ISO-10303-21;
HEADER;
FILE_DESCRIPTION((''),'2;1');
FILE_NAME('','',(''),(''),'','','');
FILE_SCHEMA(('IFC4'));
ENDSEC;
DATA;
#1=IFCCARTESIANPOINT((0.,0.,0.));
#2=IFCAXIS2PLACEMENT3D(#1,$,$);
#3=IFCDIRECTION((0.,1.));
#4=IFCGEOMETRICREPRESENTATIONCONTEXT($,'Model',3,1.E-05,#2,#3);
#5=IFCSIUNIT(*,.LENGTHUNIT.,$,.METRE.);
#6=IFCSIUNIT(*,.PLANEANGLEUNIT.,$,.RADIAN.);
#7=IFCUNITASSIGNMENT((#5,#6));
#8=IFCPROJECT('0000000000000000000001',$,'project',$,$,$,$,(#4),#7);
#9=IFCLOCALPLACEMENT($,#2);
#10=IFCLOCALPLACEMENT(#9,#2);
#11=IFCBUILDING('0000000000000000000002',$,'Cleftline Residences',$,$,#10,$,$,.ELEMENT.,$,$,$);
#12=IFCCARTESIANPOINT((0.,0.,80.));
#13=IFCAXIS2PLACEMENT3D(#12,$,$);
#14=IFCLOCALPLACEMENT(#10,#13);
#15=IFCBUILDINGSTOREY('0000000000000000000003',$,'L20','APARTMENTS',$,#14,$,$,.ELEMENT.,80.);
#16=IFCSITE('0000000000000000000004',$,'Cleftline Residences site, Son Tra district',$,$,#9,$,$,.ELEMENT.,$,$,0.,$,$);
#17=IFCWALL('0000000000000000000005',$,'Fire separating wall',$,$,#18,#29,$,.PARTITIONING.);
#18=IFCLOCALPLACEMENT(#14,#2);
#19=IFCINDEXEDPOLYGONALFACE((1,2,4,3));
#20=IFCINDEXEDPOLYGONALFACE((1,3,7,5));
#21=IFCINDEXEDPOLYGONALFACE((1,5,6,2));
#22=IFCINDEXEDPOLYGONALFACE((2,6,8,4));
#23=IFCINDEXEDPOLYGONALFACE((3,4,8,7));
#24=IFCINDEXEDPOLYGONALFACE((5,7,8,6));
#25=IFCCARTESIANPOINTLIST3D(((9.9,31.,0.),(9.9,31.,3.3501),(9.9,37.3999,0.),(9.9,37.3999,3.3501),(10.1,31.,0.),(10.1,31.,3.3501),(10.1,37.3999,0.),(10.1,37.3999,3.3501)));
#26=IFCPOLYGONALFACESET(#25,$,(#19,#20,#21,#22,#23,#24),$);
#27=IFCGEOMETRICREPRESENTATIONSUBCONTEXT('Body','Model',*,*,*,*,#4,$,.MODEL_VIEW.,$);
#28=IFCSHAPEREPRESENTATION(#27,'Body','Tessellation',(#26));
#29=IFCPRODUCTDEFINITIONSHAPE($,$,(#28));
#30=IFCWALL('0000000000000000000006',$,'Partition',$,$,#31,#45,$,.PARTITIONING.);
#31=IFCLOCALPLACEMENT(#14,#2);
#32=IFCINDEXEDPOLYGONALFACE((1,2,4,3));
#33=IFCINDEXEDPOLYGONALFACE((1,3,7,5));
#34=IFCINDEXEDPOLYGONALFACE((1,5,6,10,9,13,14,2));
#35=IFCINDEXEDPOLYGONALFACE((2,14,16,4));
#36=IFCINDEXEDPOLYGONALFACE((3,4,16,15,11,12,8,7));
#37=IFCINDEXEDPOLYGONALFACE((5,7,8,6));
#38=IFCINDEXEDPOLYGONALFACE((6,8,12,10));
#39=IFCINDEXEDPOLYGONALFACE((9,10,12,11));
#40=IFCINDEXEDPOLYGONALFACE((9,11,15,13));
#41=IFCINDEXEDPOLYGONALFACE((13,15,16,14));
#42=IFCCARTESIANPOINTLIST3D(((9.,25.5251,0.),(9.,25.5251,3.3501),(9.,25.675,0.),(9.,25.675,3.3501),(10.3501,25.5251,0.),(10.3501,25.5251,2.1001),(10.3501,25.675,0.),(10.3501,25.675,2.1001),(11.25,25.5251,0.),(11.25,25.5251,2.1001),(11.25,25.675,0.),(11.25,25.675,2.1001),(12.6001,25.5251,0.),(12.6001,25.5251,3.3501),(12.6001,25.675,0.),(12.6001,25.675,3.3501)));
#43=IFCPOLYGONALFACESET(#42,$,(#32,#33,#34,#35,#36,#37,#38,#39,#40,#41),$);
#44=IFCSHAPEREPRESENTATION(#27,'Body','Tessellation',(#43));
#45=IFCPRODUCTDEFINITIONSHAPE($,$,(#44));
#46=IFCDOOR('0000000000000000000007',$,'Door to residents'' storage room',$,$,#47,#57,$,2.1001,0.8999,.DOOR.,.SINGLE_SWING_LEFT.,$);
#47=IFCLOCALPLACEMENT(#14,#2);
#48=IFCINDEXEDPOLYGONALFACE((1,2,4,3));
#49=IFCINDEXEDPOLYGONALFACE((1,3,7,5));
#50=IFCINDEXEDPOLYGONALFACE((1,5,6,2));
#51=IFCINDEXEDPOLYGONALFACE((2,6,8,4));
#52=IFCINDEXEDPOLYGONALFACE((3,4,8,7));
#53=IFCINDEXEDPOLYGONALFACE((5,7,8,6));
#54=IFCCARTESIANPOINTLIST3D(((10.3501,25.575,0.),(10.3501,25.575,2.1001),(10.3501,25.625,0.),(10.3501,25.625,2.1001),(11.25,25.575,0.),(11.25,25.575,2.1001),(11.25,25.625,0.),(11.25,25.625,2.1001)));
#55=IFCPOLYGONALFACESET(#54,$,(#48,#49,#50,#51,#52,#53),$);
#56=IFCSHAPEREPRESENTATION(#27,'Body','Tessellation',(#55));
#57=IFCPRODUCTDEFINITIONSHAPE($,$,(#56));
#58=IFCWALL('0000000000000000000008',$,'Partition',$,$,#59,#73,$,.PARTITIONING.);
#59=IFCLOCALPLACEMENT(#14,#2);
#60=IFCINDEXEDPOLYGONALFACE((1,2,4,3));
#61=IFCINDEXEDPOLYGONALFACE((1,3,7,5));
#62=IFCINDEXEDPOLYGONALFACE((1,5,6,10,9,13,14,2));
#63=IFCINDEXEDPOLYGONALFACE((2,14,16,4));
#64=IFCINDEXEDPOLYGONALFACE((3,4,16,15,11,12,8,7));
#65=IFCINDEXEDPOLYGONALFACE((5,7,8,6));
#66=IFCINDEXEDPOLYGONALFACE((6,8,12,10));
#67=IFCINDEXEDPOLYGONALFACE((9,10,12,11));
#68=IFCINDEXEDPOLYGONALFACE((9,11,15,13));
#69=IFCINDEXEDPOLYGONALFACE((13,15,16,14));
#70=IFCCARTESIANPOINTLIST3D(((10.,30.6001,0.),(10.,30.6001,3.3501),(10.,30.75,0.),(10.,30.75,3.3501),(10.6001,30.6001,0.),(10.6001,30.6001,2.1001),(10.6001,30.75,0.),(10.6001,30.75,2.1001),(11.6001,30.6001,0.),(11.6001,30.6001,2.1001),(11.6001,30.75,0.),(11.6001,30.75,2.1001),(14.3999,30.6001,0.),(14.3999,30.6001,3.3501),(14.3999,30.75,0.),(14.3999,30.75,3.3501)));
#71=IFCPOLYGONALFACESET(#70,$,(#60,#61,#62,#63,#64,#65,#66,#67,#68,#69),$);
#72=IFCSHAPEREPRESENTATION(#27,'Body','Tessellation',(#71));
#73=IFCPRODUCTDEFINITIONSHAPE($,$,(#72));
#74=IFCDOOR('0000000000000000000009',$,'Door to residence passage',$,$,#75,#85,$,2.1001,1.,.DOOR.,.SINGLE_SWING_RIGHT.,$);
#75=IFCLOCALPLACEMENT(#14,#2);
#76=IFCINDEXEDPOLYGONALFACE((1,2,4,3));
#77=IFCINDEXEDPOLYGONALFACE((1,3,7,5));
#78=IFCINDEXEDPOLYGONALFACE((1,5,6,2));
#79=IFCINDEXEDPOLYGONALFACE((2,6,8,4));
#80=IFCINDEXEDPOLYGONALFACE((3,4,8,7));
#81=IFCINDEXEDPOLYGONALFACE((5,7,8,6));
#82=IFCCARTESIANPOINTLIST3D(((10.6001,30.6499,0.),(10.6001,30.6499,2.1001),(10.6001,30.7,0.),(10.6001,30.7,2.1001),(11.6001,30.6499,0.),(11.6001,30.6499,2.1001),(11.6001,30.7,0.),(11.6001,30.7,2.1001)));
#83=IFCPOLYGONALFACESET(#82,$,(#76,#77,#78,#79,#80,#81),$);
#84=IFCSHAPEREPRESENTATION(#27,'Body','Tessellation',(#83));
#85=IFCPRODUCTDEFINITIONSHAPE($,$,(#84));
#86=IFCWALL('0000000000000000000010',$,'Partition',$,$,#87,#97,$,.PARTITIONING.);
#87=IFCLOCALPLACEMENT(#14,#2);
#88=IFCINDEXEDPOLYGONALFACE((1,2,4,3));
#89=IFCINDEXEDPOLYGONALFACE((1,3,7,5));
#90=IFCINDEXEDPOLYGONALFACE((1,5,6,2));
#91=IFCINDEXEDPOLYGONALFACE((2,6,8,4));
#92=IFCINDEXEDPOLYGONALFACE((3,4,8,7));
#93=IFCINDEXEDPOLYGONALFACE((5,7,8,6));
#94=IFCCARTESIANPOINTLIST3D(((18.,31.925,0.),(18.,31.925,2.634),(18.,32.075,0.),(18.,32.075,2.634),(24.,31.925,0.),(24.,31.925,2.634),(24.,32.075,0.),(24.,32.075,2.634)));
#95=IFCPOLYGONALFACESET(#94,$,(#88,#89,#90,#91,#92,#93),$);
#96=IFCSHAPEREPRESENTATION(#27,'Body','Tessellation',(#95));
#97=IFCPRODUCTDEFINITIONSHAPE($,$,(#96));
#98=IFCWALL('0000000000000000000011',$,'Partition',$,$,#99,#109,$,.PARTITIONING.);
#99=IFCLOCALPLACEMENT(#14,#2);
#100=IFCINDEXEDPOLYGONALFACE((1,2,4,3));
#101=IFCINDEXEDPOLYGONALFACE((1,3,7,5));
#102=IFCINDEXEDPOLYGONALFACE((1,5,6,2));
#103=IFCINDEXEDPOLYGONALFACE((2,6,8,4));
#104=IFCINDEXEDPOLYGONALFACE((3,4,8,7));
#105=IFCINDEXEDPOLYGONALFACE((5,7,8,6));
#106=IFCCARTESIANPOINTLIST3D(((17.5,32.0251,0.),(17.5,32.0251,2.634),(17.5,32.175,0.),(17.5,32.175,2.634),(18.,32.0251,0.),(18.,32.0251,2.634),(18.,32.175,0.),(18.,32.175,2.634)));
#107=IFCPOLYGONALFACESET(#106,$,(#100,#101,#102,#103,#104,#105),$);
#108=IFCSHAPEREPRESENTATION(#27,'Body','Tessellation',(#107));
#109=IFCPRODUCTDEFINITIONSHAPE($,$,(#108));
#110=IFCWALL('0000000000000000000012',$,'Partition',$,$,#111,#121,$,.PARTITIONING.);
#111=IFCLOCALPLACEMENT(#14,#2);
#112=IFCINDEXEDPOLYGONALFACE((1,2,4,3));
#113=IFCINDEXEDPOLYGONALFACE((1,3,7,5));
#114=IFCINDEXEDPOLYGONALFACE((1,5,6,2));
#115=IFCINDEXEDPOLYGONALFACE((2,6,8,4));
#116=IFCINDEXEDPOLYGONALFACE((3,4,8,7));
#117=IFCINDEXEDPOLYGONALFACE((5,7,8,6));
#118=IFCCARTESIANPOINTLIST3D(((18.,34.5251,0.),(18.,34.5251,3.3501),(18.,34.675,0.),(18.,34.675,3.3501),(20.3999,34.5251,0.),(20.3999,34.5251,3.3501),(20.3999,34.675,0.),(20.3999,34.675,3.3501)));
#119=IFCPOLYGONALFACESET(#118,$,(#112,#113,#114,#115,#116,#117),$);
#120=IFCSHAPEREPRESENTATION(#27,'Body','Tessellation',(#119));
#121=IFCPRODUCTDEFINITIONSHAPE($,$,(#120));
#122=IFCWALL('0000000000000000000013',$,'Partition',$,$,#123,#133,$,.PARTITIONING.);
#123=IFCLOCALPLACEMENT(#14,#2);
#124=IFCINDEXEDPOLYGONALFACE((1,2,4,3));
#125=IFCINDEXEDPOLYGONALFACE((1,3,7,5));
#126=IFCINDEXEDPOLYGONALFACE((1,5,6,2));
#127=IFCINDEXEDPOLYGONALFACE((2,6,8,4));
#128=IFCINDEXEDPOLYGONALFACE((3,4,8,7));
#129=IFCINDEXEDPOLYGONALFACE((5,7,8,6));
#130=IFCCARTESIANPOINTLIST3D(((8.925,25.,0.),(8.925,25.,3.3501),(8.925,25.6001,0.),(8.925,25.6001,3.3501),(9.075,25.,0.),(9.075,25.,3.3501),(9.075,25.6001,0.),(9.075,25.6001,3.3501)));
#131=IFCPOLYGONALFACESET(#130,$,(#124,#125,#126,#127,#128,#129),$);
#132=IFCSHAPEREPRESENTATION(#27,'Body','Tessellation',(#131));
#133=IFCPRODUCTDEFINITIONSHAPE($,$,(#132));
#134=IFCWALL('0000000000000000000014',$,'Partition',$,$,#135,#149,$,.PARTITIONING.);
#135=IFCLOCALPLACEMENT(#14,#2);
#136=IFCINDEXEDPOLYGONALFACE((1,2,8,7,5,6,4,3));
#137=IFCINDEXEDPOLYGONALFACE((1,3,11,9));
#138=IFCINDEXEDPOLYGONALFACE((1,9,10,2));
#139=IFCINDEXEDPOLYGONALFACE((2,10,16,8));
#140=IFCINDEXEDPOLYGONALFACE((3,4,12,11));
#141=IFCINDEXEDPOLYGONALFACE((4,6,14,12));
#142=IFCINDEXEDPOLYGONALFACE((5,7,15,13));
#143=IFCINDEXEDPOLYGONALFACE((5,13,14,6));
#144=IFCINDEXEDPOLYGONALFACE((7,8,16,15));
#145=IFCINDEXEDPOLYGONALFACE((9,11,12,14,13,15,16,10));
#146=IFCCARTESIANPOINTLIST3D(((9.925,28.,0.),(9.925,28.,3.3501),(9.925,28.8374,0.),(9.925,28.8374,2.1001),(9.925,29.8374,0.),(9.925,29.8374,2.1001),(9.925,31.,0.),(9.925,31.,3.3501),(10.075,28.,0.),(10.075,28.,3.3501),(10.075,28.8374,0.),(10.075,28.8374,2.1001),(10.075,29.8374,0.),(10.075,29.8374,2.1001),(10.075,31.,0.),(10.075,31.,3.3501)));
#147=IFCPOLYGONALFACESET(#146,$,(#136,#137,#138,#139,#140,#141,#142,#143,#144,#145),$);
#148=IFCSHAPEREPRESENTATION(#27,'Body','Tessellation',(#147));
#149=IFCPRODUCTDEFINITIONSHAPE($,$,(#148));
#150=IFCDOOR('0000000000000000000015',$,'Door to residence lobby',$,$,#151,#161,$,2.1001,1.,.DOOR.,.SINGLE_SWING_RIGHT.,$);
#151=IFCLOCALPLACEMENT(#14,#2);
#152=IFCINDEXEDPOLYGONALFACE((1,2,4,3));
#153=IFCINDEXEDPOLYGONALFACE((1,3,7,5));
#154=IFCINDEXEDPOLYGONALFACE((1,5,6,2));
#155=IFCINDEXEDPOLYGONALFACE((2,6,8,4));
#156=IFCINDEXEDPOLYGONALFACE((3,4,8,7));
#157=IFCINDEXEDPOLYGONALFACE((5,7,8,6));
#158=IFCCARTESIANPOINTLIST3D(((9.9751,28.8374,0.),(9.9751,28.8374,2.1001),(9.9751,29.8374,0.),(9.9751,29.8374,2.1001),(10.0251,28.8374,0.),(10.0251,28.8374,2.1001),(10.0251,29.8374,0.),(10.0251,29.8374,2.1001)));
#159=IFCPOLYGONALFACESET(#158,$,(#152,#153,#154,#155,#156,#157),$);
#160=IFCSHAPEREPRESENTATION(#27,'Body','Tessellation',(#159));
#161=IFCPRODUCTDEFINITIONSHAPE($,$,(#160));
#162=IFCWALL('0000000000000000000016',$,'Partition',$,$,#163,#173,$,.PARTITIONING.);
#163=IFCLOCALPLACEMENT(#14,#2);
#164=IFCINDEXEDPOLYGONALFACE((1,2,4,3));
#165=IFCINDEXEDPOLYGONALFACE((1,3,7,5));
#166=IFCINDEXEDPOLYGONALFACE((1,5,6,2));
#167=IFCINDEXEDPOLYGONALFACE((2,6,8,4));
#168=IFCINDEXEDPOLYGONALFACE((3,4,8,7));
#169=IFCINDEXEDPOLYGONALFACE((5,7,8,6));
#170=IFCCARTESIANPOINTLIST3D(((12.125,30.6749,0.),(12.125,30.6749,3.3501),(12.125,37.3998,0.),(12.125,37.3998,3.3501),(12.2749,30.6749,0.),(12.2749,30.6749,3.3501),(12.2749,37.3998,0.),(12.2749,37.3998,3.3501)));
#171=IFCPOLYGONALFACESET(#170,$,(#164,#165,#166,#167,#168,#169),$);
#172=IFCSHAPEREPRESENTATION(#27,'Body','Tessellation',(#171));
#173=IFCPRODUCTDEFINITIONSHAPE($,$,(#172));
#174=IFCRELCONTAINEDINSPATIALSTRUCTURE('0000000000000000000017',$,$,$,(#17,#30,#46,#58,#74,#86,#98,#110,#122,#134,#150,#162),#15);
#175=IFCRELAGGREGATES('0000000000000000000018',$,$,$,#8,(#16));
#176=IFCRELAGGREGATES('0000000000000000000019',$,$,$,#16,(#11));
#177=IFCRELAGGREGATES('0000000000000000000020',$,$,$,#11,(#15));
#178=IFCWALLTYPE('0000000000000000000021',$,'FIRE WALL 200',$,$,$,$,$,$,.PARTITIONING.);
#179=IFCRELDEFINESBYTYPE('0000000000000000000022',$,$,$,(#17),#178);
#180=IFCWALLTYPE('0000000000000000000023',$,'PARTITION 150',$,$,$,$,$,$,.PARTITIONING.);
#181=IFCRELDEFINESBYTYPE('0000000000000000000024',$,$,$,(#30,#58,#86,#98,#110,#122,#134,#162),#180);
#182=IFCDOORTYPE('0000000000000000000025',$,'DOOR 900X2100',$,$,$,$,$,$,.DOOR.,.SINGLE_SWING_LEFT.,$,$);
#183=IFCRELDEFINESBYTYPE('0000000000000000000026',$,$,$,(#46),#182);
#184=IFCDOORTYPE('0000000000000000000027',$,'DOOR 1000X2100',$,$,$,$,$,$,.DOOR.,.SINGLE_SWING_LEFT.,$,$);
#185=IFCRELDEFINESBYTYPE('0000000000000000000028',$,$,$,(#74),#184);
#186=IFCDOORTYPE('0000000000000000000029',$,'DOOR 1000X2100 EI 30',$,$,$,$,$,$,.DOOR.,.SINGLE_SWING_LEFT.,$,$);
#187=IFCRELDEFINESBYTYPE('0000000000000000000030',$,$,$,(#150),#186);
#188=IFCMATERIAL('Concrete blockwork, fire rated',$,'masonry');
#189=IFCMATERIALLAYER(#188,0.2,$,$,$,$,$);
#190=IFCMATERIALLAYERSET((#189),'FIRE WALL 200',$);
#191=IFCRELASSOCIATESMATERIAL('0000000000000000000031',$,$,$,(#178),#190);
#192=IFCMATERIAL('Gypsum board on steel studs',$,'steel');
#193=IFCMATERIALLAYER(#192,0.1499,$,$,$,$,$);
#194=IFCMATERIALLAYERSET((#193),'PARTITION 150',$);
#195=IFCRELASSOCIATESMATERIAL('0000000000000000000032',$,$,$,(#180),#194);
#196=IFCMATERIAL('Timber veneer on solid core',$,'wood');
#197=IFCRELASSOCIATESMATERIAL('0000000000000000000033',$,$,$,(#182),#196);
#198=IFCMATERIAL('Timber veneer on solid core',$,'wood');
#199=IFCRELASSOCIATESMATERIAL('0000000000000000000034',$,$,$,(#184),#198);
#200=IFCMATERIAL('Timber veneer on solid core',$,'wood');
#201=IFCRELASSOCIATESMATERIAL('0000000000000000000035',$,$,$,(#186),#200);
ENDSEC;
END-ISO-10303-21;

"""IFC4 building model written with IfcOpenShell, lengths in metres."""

from ifc_helpers import new_model, si_unit, direction, frame, frame_2d, origin, place, context, subcontext, project, spatial, rectangle, extrude, material, layer, layer_set, type_object, element, fill, save


model = new_model("IFC4")

# Units and contexts
model_context = context("Model", 3, precision=1e-05, world=origin(), true_north=direction((0.0, 1.0)))
body_context = subcontext(model_context, "Body", "Model", "MODEL_VIEW")
ifc_project = project(units=[si_unit("LENGTHUNIT", "METRE"), si_unit("PLANEANGLEUNIT", "RADIAN")], contexts=[model_context])

# Site, building, storey
site_placement = place(None, origin())
site = spatial("IfcSite", under=ifc_project, at=site_placement, Name="Cleftline Residences site, Son Tra district", CompositionType="ELEMENT", RefElevation=0.0)
building_placement = place(site_placement, origin())
building = spatial("IfcBuilding", under=site, at=building_placement, Name="Cleftline Residences", CompositionType="ELEMENT")
storey_placement = place(building_placement, frame((0.0, 0.0, 80.0)))
storey = spatial("IfcBuildingStorey", under=building, at=storey_placement, Name="L20", Description="APARTMENTS", CompositionType="ELEMENT", Elevation=80.0)

# Wall
ifc_material_1 = material(Name="Concrete blockwork, fire rated", Category="masonry")
ifc_layer_1 = layer(ifc_material_1, 0.2)
ifc_layer_set_1 = layer_set([ifc_layer_1], Name="FIRE WALL 200")
wall_type_1 = type_object("IfcWallType", Name="FIRE WALL 200", PredefinedType="PARTITIONING", material=ifc_layer_set_1)
wall_1_placement = place(storey_placement, frame((10.0, 31.0, 0.0), z_axis=(0.0, 0.0, 1.0), x_axis=(0.0, 1.0, 0.0)))
element("IfcWall", 1, at=wall_1_placement, inside=storey, type_object=wall_type_1, Name="Fire separating wall", PredefinedType="PARTITIONING", context=body_context, shape_type="SweptSolid", body=[
    extrude(rectangle(XDim=6.3999, YDim=0.2, at=frame_2d((3.2, 0.0))), origin(), (0.0, 0.0, 1.0), 3.3501),
])

# Walls, openings, doors
ifc_material_2 = material(Name="Gypsum board on steel studs", Category="steel")
ifc_layer_2 = layer(ifc_material_2, 0.1499)
ifc_layer_set_2 = layer_set([ifc_layer_2], Name="PARTITION 150")
wall_type_2 = type_object("IfcWallType", Name="PARTITION 150", PredefinedType="PARTITIONING", material=ifc_layer_set_2)
wall_2_placement = place(storey_placement, frame((9.0, 25.6001, 0.0), z_axis=(0.0, 0.0, 1.0), x_axis=(1.0, 0.0, 0.0)))
wall_2 = element("IfcWall", 2, at=wall_2_placement, inside=storey, type_object=wall_type_2, Name="Partition", PredefinedType="PARTITIONING", context=body_context, shape_type="SweptSolid", body=[
    extrude(rectangle(XDim=3.6001, YDim=0.1499, at=frame_2d((1.8, 0.0))), origin(), (0.0, 0.0, 1.0), 3.3501),
])
opening_1_placement = place(wall_2_placement, frame((1.3501, 0.0, 0.0)))
opening_1 = element("IfcOpeningElement", 3, at=opening_1_placement, cuts=wall_2, PredefinedType="OPENING", context=body_context, shape_type="SweptSolid", body=[
    extrude(rectangle(XDim=0.8999, YDim=2.1001, at=frame_2d((0.45, 1.05))), frame((0.0, 0.085, 0.0), z_axis=(0.0, -1.0, 0.0), x_axis=(1.0, 0.0, 0.0)), (0.0, 0.0, 1.0), 0.1699),
])
ifc_material_3 = material(Name="Timber veneer on solid core", Category="wood")
door_type_1 = type_object("IfcDoorType", Name="DOOR 900X2100", OperationType="SINGLE_SWING_LEFT", PredefinedType="DOOR", material=ifc_material_3)
door_1_placement = place(opening_1_placement, origin())
door_1 = element("IfcDoor", 4, at=door_1_placement, inside=storey, type_object=door_type_1, Name="Door to residents' storage room", OperationType="SINGLE_SWING_LEFT", OverallHeight=2.1001, OverallWidth=0.8999, PredefinedType="DOOR", context=body_context, shape_type="SweptSolid", body=[
    extrude(rectangle(XDim=0.8999, YDim=2.1001, at=frame_2d((0.45, 1.05))), frame((0.0, 0.0249, 0.0), z_axis=(0.0, -1.0, 0.0), x_axis=(1.0, 0.0, 0.0)), (0.0, 0.0, 1.0), 0.05),
])
fill(opening_1, door_1)
wall_3_placement = place(storey_placement, frame((10.0, 30.675, 0.0), z_axis=(0.0, 0.0, 1.0), x_axis=(1.0, 0.0, 0.0)))
wall_3 = element("IfcWall", 5, at=wall_3_placement, inside=storey, type_object=wall_type_2, Name="Partition", PredefinedType="PARTITIONING", context=body_context, shape_type="SweptSolid", body=[
    extrude(rectangle(XDim=4.3999, YDim=0.1499, at=frame_2d((2.2, 0.0))), origin(), (0.0, 0.0, 1.0), 3.3501),
])
opening_2_placement = place(wall_3_placement, frame((0.6001, 0.0, 0.0)))
opening_2 = element("IfcOpeningElement", 6, at=opening_2_placement, cuts=wall_3, PredefinedType="OPENING", context=body_context, shape_type="SweptSolid", body=[
    extrude(rectangle(XDim=1.0, YDim=2.1001, at=frame_2d((0.5, 1.05))), frame((0.0, 0.085, 0.0), z_axis=(0.0, -1.0, 0.0), x_axis=(1.0, 0.0, 0.0)), (0.0, 0.0, 1.0), 0.1699),
])
ifc_material_4 = material(Name="Timber veneer on solid core", Category="wood")
door_type_2 = type_object("IfcDoorType", Name="DOOR 1000X2100", OperationType="SINGLE_SWING_LEFT", PredefinedType="DOOR", material=ifc_material_4)
door_2_placement = place(opening_2_placement, origin())
door_2 = element("IfcDoor", 7, at=door_2_placement, inside=storey, type_object=door_type_2, Name="Door to residence passage", OperationType="SINGLE_SWING_RIGHT", OverallHeight=2.1001, OverallWidth=1.0, PredefinedType="DOOR", context=body_context, shape_type="SweptSolid", body=[
    extrude(rectangle(XDim=1.0, YDim=2.1001, at=frame_2d((0.5, 1.05))), frame((0.0, 0.0249, 0.0), z_axis=(0.0, -1.0, 0.0), x_axis=(1.0, 0.0, 0.0)), (0.0, 0.0, 1.0), 0.05),
])
fill(opening_2, door_2)

# Walls
wall_4_placement = place(storey_placement, frame((18.0, 32.0, 0.0), z_axis=(0.0, 0.0, 1.0), x_axis=(1.0, 0.0, 0.0)))
element("IfcWall", 8, at=wall_4_placement, inside=storey, type_object=wall_type_2, Name="Partition", PredefinedType="PARTITIONING", context=body_context, shape_type="SweptSolid", body=[
    extrude(rectangle(XDim=6.0, YDim=0.1499, at=frame_2d((3.0, 0.0))), origin(), (0.0, 0.0, 1.0), 2.634),
])
wall_5_placement = place(storey_placement, frame((17.5, 32.1001, 0.0), z_axis=(0.0, 0.0, 1.0), x_axis=(1.0, 0.0, 0.0)))
element("IfcWall", 9, at=wall_5_placement, inside=storey, type_object=wall_type_2, Name="Partition", PredefinedType="PARTITIONING", context=body_context, shape_type="SweptSolid", body=[
    extrude(rectangle(XDim=0.5, YDim=0.1499, at=frame_2d((0.25, 0.0))), origin(), (0.0, 0.0, 1.0), 2.634),
])
wall_6_placement = place(storey_placement, frame((18.0, 34.6001, 0.0), z_axis=(0.0, 0.0, 1.0), x_axis=(1.0, 0.0, 0.0)))
element("IfcWall", 10, at=wall_6_placement, inside=storey, type_object=wall_type_2, Name="Partition", PredefinedType="PARTITIONING", context=body_context, shape_type="SweptSolid", body=[
    extrude(rectangle(XDim=2.3999, YDim=0.1499, at=frame_2d((1.2, 0.0))), origin(), (0.0, 0.0, 1.0), 3.3501),
])
wall_7_placement = place(storey_placement, frame((9.0, 25.0, 0.0), z_axis=(0.0, 0.0, 1.0), x_axis=(0.0, 1.0, 0.0)))
element("IfcWall", 11, at=wall_7_placement, inside=storey, type_object=wall_type_2, Name="Partition", PredefinedType="PARTITIONING", context=body_context, shape_type="SweptSolid", body=[
    extrude(rectangle(XDim=0.6001, YDim=0.1499, at=frame_2d((0.3, 0.0))), origin(), (0.0, 0.0, 1.0), 3.3501),
])

# Wall, opening, door
wall_8_placement = place(storey_placement, frame((10.0, 28.0, 0.0), z_axis=(0.0, 0.0, 1.0), x_axis=(0.0, 1.0, 0.0)))
wall_8 = element("IfcWall", 12, at=wall_8_placement, inside=storey, type_object=wall_type_2, Name="Partition", PredefinedType="PARTITIONING", context=body_context, shape_type="SweptSolid", body=[
    extrude(rectangle(XDim=3.0, YDim=0.1499, at=frame_2d((1.5, 0.0))), origin(), (0.0, 0.0, 1.0), 3.3501),
])
opening_3_placement = place(wall_8_placement, frame((0.8374, 0.0, 0.0)))
opening_3 = element("IfcOpeningElement", 13, at=opening_3_placement, cuts=wall_8, PredefinedType="OPENING", context=body_context, shape_type="SweptSolid", body=[
    extrude(rectangle(XDim=1.0, YDim=2.1001, at=frame_2d((0.5, 1.05))), frame((0.0, 0.085, 0.0), z_axis=(0.0, -1.0, 0.0), x_axis=(1.0, 0.0, 0.0)), (0.0, 0.0, 1.0), 0.1699),
])
ifc_material_5 = material(Name="Timber veneer on solid core", Category="wood")
door_type_3 = type_object("IfcDoorType", Name="DOOR 1000X2100 EI 30", OperationType="SINGLE_SWING_LEFT", PredefinedType="DOOR", material=ifc_material_5)
door_3_placement = place(opening_3_placement, origin())
door_3 = element("IfcDoor", 14, at=door_3_placement, inside=storey, type_object=door_type_3, Name="Door to residence lobby", OperationType="SINGLE_SWING_RIGHT", OverallHeight=2.1001, OverallWidth=1.0, PredefinedType="DOOR", context=body_context, shape_type="SweptSolid", body=[
    extrude(rectangle(XDim=1.0, YDim=2.1001, at=frame_2d((0.5, 1.05))), frame((0.0, 0.0249, 0.0), z_axis=(0.0, -1.0, 0.0), x_axis=(1.0, 0.0, 0.0)), (0.0, 0.0, 1.0), 0.05),
])
fill(opening_3, door_3)

# Wall
wall_9_placement = place(storey_placement, frame((12.2, 30.675, 0.0), z_axis=(0.0, 0.0, 1.0), x_axis=(0.0, 1.0, 0.0)))
element("IfcWall", 15, at=wall_9_placement, inside=storey, type_object=wall_type_2, Name="Partition", PredefinedType="PARTITIONING", context=body_context, shape_type="SweptSolid", body=[
    extrude(rectangle(XDim=6.7249, YDim=0.1499, at=frame_2d((3.3623, 0.0))), origin(), (0.0, 0.0, 1.0), 3.3501),
])

save(model, "model.ifc")
